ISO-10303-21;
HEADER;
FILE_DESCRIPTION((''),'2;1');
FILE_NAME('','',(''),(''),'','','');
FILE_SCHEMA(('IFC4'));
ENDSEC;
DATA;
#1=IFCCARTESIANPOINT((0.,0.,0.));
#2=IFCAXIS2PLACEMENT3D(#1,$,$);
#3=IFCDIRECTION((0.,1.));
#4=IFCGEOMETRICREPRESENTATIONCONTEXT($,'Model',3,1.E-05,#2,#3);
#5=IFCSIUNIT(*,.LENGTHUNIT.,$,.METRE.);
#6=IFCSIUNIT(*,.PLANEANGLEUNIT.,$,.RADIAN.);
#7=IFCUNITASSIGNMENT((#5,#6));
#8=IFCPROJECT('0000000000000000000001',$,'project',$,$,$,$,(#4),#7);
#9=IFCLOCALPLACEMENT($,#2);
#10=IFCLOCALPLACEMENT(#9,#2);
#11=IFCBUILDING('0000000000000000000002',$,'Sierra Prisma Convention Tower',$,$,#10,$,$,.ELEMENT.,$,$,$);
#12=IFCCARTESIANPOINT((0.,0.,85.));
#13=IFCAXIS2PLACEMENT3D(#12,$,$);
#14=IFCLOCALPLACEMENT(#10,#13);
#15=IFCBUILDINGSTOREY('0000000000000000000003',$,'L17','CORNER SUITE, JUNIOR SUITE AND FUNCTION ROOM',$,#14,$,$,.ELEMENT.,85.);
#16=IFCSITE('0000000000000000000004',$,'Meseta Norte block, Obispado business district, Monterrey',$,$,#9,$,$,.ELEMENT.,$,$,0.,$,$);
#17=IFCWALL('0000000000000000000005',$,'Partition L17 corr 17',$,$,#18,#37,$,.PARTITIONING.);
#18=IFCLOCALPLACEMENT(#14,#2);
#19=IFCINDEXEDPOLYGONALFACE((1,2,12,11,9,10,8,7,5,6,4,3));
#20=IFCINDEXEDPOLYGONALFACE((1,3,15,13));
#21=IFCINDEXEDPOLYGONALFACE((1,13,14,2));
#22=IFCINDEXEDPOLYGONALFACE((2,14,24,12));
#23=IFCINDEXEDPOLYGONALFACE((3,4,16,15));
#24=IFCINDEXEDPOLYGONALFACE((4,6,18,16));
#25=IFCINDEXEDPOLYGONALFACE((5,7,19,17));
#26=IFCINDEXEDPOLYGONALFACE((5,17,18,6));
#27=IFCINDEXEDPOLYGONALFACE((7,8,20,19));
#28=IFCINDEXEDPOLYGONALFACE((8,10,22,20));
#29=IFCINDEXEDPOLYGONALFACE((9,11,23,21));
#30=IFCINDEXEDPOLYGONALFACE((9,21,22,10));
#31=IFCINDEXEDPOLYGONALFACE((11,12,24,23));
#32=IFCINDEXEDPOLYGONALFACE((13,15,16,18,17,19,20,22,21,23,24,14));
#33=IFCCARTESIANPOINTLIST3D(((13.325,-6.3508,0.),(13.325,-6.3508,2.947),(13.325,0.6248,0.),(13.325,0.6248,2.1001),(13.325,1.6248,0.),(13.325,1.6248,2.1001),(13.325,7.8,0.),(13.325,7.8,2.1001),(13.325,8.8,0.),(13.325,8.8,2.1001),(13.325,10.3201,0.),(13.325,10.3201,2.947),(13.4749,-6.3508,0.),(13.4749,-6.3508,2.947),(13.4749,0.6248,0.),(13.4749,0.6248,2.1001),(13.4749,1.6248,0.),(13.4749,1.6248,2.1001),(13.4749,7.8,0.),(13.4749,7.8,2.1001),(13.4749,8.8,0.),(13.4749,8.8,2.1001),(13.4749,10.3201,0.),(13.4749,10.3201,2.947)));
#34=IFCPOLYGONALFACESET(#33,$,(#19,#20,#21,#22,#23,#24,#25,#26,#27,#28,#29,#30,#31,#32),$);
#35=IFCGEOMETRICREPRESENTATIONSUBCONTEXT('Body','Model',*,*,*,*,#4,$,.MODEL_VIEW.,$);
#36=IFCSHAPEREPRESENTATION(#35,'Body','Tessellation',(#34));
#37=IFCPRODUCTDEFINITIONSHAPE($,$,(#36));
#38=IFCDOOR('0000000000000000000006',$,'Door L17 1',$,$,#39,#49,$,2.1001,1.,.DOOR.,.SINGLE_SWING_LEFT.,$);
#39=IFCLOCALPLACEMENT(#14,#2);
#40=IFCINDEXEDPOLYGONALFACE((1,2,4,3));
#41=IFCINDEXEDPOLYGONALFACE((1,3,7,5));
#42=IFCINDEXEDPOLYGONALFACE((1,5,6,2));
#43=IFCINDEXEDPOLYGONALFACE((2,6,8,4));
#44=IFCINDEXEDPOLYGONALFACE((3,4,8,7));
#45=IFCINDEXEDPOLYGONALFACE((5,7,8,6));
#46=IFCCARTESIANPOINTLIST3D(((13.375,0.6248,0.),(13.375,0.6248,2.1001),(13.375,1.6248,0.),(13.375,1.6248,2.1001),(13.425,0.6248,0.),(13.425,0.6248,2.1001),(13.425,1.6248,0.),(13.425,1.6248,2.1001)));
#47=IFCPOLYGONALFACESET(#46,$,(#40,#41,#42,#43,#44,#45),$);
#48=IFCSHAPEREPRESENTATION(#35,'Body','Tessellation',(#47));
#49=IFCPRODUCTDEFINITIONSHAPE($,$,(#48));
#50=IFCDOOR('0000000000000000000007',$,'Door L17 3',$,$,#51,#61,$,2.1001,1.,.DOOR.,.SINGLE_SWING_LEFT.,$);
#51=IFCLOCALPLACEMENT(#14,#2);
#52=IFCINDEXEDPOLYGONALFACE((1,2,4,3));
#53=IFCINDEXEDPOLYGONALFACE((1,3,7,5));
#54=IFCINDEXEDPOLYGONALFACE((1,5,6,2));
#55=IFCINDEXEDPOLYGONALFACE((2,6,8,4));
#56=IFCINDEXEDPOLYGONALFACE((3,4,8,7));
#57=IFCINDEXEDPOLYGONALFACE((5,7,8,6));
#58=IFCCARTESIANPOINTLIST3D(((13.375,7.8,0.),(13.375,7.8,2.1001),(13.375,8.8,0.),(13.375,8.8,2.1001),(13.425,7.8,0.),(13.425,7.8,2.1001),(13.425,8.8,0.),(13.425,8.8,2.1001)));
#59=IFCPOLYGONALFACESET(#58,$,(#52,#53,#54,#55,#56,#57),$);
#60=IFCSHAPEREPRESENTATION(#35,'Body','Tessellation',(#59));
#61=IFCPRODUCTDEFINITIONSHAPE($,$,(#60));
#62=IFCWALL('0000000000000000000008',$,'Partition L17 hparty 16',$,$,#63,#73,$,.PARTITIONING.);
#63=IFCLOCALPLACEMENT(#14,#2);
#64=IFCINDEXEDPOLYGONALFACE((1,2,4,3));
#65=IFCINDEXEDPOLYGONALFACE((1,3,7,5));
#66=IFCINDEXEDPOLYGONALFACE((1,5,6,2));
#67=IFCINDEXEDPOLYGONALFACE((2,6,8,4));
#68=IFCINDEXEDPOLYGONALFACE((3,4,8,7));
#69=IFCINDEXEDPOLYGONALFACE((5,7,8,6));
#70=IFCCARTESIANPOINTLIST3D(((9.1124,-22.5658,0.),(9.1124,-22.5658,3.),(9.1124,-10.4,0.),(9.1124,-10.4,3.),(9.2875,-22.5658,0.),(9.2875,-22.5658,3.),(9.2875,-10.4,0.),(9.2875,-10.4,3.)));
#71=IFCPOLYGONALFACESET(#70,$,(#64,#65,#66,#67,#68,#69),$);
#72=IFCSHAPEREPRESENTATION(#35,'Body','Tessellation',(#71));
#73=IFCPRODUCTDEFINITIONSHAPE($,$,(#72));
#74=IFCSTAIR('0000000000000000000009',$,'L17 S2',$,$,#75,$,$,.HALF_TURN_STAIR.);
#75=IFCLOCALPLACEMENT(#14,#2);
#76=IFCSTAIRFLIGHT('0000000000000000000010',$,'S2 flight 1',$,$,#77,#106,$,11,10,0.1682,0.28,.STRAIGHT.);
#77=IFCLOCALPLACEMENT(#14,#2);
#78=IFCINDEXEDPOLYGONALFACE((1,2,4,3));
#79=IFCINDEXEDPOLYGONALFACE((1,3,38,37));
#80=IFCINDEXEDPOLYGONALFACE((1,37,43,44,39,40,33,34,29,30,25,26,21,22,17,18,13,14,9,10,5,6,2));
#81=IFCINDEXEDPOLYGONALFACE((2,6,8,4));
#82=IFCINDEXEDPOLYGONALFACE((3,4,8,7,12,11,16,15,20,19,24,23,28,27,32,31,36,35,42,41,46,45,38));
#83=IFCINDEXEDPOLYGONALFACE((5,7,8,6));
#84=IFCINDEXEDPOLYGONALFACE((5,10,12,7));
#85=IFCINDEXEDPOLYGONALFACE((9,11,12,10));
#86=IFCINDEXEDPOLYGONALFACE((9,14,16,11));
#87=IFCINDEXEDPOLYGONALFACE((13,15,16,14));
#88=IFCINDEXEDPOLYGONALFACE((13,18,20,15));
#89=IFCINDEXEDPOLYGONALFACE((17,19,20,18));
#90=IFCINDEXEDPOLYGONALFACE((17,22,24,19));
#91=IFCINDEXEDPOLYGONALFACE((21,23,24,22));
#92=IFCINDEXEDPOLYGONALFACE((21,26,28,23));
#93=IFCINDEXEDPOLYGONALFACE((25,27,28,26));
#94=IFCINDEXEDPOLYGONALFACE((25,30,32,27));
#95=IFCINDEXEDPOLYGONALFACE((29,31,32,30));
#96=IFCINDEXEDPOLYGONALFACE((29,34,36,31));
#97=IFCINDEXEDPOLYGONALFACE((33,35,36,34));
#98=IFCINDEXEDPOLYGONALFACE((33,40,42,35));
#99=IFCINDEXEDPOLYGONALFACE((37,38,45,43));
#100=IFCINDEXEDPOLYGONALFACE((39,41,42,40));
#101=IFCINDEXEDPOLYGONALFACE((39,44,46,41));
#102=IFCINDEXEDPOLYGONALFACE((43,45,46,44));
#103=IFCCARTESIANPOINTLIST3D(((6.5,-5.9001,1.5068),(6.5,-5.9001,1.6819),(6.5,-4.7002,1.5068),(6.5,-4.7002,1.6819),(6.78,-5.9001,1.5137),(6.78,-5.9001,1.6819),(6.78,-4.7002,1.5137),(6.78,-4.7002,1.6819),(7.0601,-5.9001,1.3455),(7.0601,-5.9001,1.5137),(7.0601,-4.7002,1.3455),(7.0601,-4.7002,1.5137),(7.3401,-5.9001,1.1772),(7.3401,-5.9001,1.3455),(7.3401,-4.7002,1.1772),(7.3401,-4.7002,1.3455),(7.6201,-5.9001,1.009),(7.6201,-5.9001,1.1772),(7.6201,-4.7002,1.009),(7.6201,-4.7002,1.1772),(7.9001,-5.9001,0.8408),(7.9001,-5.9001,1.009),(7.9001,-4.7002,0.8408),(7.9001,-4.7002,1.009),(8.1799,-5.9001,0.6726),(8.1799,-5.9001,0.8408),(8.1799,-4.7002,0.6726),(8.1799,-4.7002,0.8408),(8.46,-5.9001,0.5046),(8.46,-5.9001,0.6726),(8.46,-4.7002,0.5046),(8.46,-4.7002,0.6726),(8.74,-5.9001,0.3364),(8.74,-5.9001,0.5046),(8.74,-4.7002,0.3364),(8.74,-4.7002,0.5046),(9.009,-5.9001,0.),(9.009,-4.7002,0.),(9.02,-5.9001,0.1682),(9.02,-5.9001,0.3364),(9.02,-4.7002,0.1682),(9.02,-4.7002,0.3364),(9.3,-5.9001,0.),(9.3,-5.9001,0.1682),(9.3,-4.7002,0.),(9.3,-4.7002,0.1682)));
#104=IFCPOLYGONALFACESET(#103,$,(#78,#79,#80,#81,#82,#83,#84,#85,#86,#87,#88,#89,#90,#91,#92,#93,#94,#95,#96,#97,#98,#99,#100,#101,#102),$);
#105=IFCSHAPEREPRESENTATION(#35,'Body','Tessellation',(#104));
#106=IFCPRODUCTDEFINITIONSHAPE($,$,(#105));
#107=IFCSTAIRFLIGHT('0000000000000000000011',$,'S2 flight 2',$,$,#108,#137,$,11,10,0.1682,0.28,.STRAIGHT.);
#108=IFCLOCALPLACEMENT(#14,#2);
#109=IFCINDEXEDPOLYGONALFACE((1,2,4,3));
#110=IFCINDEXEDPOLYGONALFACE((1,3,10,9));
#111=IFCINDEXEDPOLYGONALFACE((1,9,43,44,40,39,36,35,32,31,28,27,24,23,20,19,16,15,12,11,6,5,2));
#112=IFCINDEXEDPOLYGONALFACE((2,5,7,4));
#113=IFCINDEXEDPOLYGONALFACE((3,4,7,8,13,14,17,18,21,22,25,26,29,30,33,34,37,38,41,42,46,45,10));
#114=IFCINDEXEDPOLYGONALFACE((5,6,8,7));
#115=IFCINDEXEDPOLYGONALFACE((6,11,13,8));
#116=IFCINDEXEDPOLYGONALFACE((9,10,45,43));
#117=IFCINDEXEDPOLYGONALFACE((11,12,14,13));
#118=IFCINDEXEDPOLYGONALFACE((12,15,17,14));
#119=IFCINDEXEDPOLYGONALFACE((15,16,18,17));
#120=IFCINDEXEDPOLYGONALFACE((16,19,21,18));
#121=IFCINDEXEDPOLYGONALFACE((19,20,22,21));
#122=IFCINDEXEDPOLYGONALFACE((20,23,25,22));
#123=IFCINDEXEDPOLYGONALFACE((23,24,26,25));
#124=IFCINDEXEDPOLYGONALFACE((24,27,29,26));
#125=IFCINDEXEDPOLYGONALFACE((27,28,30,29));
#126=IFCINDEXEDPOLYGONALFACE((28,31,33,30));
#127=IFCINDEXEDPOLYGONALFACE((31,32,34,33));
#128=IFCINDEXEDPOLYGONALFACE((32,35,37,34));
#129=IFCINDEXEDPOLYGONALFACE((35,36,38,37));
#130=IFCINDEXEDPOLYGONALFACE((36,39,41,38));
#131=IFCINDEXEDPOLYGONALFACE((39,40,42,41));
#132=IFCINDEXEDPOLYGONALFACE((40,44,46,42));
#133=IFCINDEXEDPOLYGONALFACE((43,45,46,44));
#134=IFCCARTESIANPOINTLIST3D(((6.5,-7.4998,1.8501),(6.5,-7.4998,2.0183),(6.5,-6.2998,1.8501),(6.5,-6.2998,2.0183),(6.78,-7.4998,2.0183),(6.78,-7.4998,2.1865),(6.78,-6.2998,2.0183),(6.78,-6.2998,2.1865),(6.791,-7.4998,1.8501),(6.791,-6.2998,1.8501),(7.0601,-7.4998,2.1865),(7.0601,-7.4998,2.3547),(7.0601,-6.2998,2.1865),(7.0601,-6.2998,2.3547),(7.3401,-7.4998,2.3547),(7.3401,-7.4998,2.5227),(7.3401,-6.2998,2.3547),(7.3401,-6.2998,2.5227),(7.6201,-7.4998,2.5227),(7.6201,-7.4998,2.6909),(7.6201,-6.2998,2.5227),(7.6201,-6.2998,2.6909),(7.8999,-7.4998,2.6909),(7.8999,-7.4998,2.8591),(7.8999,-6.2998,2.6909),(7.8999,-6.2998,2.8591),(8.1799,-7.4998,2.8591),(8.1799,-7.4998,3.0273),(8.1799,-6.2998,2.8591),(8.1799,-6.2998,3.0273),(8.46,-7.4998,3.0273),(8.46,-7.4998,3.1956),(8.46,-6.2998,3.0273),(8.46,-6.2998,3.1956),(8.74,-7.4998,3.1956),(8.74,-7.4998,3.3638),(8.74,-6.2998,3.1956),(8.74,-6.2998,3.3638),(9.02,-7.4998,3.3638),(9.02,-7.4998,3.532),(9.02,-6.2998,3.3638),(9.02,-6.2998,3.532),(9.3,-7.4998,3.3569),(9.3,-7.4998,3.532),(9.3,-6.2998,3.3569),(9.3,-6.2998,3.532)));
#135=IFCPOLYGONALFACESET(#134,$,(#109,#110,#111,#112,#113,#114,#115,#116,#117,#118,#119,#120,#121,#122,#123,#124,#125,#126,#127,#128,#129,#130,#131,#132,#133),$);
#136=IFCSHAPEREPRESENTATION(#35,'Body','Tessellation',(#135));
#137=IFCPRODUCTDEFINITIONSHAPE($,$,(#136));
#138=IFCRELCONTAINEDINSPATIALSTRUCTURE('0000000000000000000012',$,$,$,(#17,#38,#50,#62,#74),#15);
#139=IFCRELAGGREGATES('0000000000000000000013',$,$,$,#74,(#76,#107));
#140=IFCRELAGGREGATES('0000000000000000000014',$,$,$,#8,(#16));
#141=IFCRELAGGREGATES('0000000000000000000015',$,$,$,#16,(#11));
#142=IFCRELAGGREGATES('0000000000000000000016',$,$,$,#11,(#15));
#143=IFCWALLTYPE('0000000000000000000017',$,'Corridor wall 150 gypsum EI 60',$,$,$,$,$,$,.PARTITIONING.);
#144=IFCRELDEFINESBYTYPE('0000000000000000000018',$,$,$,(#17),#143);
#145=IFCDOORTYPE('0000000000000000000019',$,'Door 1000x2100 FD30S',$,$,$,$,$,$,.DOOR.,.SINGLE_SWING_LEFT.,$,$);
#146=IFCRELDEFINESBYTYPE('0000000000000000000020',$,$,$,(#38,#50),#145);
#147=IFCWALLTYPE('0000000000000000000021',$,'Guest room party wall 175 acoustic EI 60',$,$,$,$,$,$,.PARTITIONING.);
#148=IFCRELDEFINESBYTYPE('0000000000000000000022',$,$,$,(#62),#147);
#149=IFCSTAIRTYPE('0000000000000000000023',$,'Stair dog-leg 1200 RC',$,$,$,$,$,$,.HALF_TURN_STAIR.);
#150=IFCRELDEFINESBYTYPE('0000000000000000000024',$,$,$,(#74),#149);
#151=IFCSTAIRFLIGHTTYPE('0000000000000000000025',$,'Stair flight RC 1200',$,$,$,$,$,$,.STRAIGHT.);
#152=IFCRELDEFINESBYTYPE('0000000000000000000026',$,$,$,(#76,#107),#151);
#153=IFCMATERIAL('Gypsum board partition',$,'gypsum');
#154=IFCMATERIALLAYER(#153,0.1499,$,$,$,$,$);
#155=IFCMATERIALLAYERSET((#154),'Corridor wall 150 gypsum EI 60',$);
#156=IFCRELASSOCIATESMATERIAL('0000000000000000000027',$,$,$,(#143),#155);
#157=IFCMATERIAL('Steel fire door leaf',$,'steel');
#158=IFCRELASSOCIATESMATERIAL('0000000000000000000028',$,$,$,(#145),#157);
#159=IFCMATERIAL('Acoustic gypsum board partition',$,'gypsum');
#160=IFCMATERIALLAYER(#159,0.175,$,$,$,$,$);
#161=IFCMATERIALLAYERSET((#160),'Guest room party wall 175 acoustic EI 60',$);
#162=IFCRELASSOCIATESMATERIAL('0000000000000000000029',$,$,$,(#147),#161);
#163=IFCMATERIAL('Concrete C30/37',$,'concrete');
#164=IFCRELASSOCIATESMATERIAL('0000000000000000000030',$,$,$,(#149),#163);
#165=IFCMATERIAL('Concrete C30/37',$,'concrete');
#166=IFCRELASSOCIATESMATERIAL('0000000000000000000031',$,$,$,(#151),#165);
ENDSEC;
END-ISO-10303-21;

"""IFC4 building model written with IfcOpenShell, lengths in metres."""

from ifc_helpers import new_model, si_unit, direction, frame, frame_2d, origin, place, context, subcontext, project, spatial, polyline, rectangle, outline, extrude, material, layer, layer_set, type_object, element, fill, aggregate, save


model = new_model("IFC4")

# Units and contexts
model_context = context("Model", 3, precision=1e-05, world=origin(), true_north=direction((0.0, 1.0)))
body_context = subcontext(model_context, "Body", "Model", "MODEL_VIEW")
ifc_project = project(units=[si_unit("LENGTHUNIT", "METRE"), si_unit("PLANEANGLEUNIT", "RADIAN")], contexts=[model_context])

# Site, building, storey
site_placement = place(None, origin())
site = spatial("IfcSite", under=ifc_project, at=site_placement, Name="Meseta Norte block, Obispado business district, Monterrey", CompositionType="ELEMENT", RefElevation=0.0)
building_placement = place(site_placement, origin())
building = spatial("IfcBuilding", under=site, at=building_placement, Name="Sierra Prisma Convention Tower", CompositionType="ELEMENT")
storey_placement = place(building_placement, frame((0.0, 0.0, 85.0)))
storey = spatial("IfcBuildingStorey", under=building, at=storey_placement, Name="L17", Description="CORNER SUITE, JUNIOR SUITE AND FUNCTION ROOM", CompositionType="ELEMENT", Elevation=85.0)

# Shared definitions
ifc_material_1 = material(Name="Gypsum board partition", Category="gypsum")
ifc_layer_1 = layer(ifc_material_1, 0.1499)
ifc_layer_set_1 = layer_set([ifc_layer_1], Name="Corridor wall 150 gypsum EI 60")
wall_type_1 = type_object("IfcWallType", Name="Corridor wall 150 gypsum EI 60", PredefinedType="PARTITIONING", material=ifc_layer_set_1)

# Wall, openings, doors
ifc_material_2 = material(Name="Steel fire door leaf", Category="steel")
door_type_1 = type_object("IfcDoorType", Name="Door 1000x2100 FD30S", OperationType="SINGLE_SWING_LEFT", PredefinedType="DOOR", material=ifc_material_2)
wall_1_placement = place(storey_placement, frame((13.3999, -6.3508, 0.0), z_axis=(0.0, 0.0, 1.0), x_axis=(0.0, 1.0, 0.0)))
wall_1 = element("IfcWall", 1, at=wall_1_placement, inside=storey, type_object=wall_type_1, Name="Partition L17 corr 17", PredefinedType="PARTITIONING", context=body_context, shape_type="SweptSolid", body=[
    extrude(rectangle(XDim=16.6709, YDim=0.1499, at=frame_2d((8.3354, 0.0))), origin(), (0.0, 0.0, 1.0), 2.947),
])
opening_1_placement = place(wall_1_placement, frame((6.9756, 0.0, 0.0)))
opening_1 = element("IfcOpeningElement", 2, at=opening_1_placement, cuts=wall_1, PredefinedType="OPENING", context=body_context, shape_type="SweptSolid", body=[
    extrude(rectangle(XDim=1.0, YDim=2.1001, at=frame_2d((0.5, 1.05))), frame((0.0, 0.075, 0.0), z_axis=(0.0, -1.0, 0.0), x_axis=(1.0, 0.0, 0.0)), (0.0, 0.0, 1.0), 0.1499),
])
opening_2_placement = place(wall_1_placement, frame((14.1509, 0.0, 0.0)))
opening_2 = element("IfcOpeningElement", 3, at=opening_2_placement, cuts=wall_1, PredefinedType="OPENING", context=body_context, shape_type="SweptSolid", body=[
    extrude(rectangle(XDim=1.0, YDim=2.1001, at=frame_2d((0.5, 1.05))), frame((0.0, 0.075, 0.0), z_axis=(0.0, -1.0, 0.0), x_axis=(1.0, 0.0, 0.0)), (0.0, 0.0, 1.0), 0.1499),
])
door_1_placement = place(opening_1_placement, origin())
door_1 = element("IfcDoor", 4, at=door_1_placement, inside=storey, type_object=door_type_1, Name="Door L17 1", OperationType="SINGLE_SWING_LEFT", OverallHeight=2.1001, OverallWidth=1.0, PredefinedType="DOOR", context=body_context, shape_type="SweptSolid", body=[
    extrude(rectangle(XDim=1.0, YDim=2.1001, at=frame_2d((0.5, 1.05))), frame((0.0, 0.0249, 0.0), z_axis=(0.0, -1.0, 0.0), x_axis=(1.0, 0.0, 0.0)), (0.0, 0.0, 1.0), 0.05),
])
fill(opening_1, door_1)
door_2_placement = place(opening_2_placement, origin())
door_2 = element("IfcDoor", 5, at=door_2_placement, inside=storey, type_object=door_type_1, Name="Door L17 3", OperationType="SINGLE_SWING_LEFT", OverallHeight=2.1001, OverallWidth=1.0, PredefinedType="DOOR", context=body_context, shape_type="SweptSolid", body=[
    extrude(rectangle(XDim=1.0, YDim=2.1001, at=frame_2d((0.5, 1.05))), frame((0.0, 0.0249, 0.0), z_axis=(0.0, -1.0, 0.0), x_axis=(1.0, 0.0, 0.0)), (0.0, 0.0, 1.0), 0.05),
])
fill(opening_2, door_2)

# Wall
ifc_material_3 = material(Name="Acoustic gypsum board partition", Category="gypsum")
ifc_layer_2 = layer(ifc_material_3, 0.175)
ifc_layer_set_2 = layer_set([ifc_layer_2], Name="Guest room party wall 175 acoustic EI 60")
wall_type_2 = type_object("IfcWallType", Name="Guest room party wall 175 acoustic EI 60", PredefinedType="PARTITIONING", material=ifc_layer_set_2)
wall_2_placement = place(storey_placement, frame((9.2, -10.3999, 0.0), z_axis=(0.0, 0.0, 1.0), x_axis=(0.0, -1.0, 0.0)))
element("IfcWall", 6, at=wall_2_placement, inside=storey, type_object=wall_type_2, Name="Partition L17 hparty 16", PredefinedType="PARTITIONING", context=body_context, shape_type="SweptSolid", body=[
    extrude(rectangle(XDim=12.1658, YDim=0.175, at=frame_2d((6.083, 0.0))), origin(), (0.0, 0.0, 1.0), 3.0),
])

# Stair, stair flights
ifc_material_4 = material(Name="Concrete C30/37", Category="concrete")
stair_type = type_object("IfcStairType", Name="Stair dog-leg 1200 RC", PredefinedType="HALF_TURN_STAIR", material=ifc_material_4)
stair_placement = place(storey_placement, origin())
stair = element("IfcStair", 7, at=stair_placement, inside=storey, type_object=stair_type, Name="L17 S2", PredefinedType="HALF_TURN_STAIR")
ifc_material_5 = material(Name="Concrete C30/37", Category="concrete")
stair_flight_type = type_object("IfcStairFlightType", Name="Stair flight RC 1200", PredefinedType="STRAIGHT", material=ifc_material_5)
stair_flight_1_placement = place(storey_placement, frame((9.3, -5.3, 0.0), z_axis=(0.0, 0.0, 1.0), x_axis=(-1.0, 0.0, 0.0)))
stair_flight_1 = element("IfcStairFlight", 8, at=stair_flight_1_placement, type_object=stair_flight_type, Name="S2 flight 1", NumberOfRisers=11, NumberOfTreads=10, PredefinedType="STRAIGHT", RiserHeight=0.1682, TreadLength=0.28, context=body_context, shape_type="SweptSolid", body=[
    extrude(outline(polyline([(0.0, 0.0), (0.0, 0.1682), (0.28, 0.1682), (0.28, 0.3364), (0.5601, 0.3364), (0.5601, 0.5046), (0.8401, 0.5046), (0.8401, 0.6726), (1.1201, 0.6726), (1.1201, 0.8408), (1.3999, 0.8408), (1.3999, 1.009), (1.6799, 1.009), (1.6799, 1.1772), (1.96, 1.1772), (1.96, 1.3455), (2.24, 1.3455), (2.24, 1.5137), (2.52, 1.5137), (2.52, 1.6819), (2.8, 1.6819), (2.8, 1.8501), (2.8, 1.5068), (0.291, 0.0), (0.0, 0.0)])), frame((0.0, 0.6001, 0.0), z_axis=(0.0, -1.0, 0.0), x_axis=(1.0, 0.0, 0.0)), (0.0, 0.0, 1.0), 1.2),
])
stair_flight_2_placement = place(storey_placement, frame((6.5, -6.8999, 1.8501), z_axis=(0.0, 0.0, 1.0), x_axis=(1.0, 0.0, 0.0)))
stair_flight_2 = element("IfcStairFlight", 9, at=stair_flight_2_placement, type_object=stair_flight_type, Name="S2 flight 2", NumberOfRisers=11, NumberOfTreads=10, PredefinedType="STRAIGHT", RiserHeight=0.1682, TreadLength=0.28, context=body_context, shape_type="SweptSolid", body=[
    extrude(outline(polyline([(0.0, 0.0), (0.0, 0.1682), (0.28, 0.1682), (0.28, 0.3364), (0.5601, 0.3364), (0.5601, 0.5046), (0.8401, 0.5046), (0.8401, 0.6726), (1.1201, 0.6726), (1.1201, 0.8408), (1.3999, 0.8408), (1.3999, 1.009), (1.6799, 1.009), (1.6799, 1.1772), (1.96, 1.1772), (1.96, 1.3455), (2.24, 1.3455), (2.24, 1.5137), (2.52, 1.5137), (2.52, 1.6819), (2.8, 1.6819), (2.8, 1.8501), (2.8, 1.5068), (0.291, 0.0), (0.0, 0.0)])), frame((0.0, 0.6001, 0.0), z_axis=(0.0, -1.0, 0.0), x_axis=(1.0, 0.0, 0.0)), (0.0, 0.0, 1.0), 1.2),
])
aggregate(stair, [stair_flight_1, stair_flight_2])

save(model, "model.ifc")
